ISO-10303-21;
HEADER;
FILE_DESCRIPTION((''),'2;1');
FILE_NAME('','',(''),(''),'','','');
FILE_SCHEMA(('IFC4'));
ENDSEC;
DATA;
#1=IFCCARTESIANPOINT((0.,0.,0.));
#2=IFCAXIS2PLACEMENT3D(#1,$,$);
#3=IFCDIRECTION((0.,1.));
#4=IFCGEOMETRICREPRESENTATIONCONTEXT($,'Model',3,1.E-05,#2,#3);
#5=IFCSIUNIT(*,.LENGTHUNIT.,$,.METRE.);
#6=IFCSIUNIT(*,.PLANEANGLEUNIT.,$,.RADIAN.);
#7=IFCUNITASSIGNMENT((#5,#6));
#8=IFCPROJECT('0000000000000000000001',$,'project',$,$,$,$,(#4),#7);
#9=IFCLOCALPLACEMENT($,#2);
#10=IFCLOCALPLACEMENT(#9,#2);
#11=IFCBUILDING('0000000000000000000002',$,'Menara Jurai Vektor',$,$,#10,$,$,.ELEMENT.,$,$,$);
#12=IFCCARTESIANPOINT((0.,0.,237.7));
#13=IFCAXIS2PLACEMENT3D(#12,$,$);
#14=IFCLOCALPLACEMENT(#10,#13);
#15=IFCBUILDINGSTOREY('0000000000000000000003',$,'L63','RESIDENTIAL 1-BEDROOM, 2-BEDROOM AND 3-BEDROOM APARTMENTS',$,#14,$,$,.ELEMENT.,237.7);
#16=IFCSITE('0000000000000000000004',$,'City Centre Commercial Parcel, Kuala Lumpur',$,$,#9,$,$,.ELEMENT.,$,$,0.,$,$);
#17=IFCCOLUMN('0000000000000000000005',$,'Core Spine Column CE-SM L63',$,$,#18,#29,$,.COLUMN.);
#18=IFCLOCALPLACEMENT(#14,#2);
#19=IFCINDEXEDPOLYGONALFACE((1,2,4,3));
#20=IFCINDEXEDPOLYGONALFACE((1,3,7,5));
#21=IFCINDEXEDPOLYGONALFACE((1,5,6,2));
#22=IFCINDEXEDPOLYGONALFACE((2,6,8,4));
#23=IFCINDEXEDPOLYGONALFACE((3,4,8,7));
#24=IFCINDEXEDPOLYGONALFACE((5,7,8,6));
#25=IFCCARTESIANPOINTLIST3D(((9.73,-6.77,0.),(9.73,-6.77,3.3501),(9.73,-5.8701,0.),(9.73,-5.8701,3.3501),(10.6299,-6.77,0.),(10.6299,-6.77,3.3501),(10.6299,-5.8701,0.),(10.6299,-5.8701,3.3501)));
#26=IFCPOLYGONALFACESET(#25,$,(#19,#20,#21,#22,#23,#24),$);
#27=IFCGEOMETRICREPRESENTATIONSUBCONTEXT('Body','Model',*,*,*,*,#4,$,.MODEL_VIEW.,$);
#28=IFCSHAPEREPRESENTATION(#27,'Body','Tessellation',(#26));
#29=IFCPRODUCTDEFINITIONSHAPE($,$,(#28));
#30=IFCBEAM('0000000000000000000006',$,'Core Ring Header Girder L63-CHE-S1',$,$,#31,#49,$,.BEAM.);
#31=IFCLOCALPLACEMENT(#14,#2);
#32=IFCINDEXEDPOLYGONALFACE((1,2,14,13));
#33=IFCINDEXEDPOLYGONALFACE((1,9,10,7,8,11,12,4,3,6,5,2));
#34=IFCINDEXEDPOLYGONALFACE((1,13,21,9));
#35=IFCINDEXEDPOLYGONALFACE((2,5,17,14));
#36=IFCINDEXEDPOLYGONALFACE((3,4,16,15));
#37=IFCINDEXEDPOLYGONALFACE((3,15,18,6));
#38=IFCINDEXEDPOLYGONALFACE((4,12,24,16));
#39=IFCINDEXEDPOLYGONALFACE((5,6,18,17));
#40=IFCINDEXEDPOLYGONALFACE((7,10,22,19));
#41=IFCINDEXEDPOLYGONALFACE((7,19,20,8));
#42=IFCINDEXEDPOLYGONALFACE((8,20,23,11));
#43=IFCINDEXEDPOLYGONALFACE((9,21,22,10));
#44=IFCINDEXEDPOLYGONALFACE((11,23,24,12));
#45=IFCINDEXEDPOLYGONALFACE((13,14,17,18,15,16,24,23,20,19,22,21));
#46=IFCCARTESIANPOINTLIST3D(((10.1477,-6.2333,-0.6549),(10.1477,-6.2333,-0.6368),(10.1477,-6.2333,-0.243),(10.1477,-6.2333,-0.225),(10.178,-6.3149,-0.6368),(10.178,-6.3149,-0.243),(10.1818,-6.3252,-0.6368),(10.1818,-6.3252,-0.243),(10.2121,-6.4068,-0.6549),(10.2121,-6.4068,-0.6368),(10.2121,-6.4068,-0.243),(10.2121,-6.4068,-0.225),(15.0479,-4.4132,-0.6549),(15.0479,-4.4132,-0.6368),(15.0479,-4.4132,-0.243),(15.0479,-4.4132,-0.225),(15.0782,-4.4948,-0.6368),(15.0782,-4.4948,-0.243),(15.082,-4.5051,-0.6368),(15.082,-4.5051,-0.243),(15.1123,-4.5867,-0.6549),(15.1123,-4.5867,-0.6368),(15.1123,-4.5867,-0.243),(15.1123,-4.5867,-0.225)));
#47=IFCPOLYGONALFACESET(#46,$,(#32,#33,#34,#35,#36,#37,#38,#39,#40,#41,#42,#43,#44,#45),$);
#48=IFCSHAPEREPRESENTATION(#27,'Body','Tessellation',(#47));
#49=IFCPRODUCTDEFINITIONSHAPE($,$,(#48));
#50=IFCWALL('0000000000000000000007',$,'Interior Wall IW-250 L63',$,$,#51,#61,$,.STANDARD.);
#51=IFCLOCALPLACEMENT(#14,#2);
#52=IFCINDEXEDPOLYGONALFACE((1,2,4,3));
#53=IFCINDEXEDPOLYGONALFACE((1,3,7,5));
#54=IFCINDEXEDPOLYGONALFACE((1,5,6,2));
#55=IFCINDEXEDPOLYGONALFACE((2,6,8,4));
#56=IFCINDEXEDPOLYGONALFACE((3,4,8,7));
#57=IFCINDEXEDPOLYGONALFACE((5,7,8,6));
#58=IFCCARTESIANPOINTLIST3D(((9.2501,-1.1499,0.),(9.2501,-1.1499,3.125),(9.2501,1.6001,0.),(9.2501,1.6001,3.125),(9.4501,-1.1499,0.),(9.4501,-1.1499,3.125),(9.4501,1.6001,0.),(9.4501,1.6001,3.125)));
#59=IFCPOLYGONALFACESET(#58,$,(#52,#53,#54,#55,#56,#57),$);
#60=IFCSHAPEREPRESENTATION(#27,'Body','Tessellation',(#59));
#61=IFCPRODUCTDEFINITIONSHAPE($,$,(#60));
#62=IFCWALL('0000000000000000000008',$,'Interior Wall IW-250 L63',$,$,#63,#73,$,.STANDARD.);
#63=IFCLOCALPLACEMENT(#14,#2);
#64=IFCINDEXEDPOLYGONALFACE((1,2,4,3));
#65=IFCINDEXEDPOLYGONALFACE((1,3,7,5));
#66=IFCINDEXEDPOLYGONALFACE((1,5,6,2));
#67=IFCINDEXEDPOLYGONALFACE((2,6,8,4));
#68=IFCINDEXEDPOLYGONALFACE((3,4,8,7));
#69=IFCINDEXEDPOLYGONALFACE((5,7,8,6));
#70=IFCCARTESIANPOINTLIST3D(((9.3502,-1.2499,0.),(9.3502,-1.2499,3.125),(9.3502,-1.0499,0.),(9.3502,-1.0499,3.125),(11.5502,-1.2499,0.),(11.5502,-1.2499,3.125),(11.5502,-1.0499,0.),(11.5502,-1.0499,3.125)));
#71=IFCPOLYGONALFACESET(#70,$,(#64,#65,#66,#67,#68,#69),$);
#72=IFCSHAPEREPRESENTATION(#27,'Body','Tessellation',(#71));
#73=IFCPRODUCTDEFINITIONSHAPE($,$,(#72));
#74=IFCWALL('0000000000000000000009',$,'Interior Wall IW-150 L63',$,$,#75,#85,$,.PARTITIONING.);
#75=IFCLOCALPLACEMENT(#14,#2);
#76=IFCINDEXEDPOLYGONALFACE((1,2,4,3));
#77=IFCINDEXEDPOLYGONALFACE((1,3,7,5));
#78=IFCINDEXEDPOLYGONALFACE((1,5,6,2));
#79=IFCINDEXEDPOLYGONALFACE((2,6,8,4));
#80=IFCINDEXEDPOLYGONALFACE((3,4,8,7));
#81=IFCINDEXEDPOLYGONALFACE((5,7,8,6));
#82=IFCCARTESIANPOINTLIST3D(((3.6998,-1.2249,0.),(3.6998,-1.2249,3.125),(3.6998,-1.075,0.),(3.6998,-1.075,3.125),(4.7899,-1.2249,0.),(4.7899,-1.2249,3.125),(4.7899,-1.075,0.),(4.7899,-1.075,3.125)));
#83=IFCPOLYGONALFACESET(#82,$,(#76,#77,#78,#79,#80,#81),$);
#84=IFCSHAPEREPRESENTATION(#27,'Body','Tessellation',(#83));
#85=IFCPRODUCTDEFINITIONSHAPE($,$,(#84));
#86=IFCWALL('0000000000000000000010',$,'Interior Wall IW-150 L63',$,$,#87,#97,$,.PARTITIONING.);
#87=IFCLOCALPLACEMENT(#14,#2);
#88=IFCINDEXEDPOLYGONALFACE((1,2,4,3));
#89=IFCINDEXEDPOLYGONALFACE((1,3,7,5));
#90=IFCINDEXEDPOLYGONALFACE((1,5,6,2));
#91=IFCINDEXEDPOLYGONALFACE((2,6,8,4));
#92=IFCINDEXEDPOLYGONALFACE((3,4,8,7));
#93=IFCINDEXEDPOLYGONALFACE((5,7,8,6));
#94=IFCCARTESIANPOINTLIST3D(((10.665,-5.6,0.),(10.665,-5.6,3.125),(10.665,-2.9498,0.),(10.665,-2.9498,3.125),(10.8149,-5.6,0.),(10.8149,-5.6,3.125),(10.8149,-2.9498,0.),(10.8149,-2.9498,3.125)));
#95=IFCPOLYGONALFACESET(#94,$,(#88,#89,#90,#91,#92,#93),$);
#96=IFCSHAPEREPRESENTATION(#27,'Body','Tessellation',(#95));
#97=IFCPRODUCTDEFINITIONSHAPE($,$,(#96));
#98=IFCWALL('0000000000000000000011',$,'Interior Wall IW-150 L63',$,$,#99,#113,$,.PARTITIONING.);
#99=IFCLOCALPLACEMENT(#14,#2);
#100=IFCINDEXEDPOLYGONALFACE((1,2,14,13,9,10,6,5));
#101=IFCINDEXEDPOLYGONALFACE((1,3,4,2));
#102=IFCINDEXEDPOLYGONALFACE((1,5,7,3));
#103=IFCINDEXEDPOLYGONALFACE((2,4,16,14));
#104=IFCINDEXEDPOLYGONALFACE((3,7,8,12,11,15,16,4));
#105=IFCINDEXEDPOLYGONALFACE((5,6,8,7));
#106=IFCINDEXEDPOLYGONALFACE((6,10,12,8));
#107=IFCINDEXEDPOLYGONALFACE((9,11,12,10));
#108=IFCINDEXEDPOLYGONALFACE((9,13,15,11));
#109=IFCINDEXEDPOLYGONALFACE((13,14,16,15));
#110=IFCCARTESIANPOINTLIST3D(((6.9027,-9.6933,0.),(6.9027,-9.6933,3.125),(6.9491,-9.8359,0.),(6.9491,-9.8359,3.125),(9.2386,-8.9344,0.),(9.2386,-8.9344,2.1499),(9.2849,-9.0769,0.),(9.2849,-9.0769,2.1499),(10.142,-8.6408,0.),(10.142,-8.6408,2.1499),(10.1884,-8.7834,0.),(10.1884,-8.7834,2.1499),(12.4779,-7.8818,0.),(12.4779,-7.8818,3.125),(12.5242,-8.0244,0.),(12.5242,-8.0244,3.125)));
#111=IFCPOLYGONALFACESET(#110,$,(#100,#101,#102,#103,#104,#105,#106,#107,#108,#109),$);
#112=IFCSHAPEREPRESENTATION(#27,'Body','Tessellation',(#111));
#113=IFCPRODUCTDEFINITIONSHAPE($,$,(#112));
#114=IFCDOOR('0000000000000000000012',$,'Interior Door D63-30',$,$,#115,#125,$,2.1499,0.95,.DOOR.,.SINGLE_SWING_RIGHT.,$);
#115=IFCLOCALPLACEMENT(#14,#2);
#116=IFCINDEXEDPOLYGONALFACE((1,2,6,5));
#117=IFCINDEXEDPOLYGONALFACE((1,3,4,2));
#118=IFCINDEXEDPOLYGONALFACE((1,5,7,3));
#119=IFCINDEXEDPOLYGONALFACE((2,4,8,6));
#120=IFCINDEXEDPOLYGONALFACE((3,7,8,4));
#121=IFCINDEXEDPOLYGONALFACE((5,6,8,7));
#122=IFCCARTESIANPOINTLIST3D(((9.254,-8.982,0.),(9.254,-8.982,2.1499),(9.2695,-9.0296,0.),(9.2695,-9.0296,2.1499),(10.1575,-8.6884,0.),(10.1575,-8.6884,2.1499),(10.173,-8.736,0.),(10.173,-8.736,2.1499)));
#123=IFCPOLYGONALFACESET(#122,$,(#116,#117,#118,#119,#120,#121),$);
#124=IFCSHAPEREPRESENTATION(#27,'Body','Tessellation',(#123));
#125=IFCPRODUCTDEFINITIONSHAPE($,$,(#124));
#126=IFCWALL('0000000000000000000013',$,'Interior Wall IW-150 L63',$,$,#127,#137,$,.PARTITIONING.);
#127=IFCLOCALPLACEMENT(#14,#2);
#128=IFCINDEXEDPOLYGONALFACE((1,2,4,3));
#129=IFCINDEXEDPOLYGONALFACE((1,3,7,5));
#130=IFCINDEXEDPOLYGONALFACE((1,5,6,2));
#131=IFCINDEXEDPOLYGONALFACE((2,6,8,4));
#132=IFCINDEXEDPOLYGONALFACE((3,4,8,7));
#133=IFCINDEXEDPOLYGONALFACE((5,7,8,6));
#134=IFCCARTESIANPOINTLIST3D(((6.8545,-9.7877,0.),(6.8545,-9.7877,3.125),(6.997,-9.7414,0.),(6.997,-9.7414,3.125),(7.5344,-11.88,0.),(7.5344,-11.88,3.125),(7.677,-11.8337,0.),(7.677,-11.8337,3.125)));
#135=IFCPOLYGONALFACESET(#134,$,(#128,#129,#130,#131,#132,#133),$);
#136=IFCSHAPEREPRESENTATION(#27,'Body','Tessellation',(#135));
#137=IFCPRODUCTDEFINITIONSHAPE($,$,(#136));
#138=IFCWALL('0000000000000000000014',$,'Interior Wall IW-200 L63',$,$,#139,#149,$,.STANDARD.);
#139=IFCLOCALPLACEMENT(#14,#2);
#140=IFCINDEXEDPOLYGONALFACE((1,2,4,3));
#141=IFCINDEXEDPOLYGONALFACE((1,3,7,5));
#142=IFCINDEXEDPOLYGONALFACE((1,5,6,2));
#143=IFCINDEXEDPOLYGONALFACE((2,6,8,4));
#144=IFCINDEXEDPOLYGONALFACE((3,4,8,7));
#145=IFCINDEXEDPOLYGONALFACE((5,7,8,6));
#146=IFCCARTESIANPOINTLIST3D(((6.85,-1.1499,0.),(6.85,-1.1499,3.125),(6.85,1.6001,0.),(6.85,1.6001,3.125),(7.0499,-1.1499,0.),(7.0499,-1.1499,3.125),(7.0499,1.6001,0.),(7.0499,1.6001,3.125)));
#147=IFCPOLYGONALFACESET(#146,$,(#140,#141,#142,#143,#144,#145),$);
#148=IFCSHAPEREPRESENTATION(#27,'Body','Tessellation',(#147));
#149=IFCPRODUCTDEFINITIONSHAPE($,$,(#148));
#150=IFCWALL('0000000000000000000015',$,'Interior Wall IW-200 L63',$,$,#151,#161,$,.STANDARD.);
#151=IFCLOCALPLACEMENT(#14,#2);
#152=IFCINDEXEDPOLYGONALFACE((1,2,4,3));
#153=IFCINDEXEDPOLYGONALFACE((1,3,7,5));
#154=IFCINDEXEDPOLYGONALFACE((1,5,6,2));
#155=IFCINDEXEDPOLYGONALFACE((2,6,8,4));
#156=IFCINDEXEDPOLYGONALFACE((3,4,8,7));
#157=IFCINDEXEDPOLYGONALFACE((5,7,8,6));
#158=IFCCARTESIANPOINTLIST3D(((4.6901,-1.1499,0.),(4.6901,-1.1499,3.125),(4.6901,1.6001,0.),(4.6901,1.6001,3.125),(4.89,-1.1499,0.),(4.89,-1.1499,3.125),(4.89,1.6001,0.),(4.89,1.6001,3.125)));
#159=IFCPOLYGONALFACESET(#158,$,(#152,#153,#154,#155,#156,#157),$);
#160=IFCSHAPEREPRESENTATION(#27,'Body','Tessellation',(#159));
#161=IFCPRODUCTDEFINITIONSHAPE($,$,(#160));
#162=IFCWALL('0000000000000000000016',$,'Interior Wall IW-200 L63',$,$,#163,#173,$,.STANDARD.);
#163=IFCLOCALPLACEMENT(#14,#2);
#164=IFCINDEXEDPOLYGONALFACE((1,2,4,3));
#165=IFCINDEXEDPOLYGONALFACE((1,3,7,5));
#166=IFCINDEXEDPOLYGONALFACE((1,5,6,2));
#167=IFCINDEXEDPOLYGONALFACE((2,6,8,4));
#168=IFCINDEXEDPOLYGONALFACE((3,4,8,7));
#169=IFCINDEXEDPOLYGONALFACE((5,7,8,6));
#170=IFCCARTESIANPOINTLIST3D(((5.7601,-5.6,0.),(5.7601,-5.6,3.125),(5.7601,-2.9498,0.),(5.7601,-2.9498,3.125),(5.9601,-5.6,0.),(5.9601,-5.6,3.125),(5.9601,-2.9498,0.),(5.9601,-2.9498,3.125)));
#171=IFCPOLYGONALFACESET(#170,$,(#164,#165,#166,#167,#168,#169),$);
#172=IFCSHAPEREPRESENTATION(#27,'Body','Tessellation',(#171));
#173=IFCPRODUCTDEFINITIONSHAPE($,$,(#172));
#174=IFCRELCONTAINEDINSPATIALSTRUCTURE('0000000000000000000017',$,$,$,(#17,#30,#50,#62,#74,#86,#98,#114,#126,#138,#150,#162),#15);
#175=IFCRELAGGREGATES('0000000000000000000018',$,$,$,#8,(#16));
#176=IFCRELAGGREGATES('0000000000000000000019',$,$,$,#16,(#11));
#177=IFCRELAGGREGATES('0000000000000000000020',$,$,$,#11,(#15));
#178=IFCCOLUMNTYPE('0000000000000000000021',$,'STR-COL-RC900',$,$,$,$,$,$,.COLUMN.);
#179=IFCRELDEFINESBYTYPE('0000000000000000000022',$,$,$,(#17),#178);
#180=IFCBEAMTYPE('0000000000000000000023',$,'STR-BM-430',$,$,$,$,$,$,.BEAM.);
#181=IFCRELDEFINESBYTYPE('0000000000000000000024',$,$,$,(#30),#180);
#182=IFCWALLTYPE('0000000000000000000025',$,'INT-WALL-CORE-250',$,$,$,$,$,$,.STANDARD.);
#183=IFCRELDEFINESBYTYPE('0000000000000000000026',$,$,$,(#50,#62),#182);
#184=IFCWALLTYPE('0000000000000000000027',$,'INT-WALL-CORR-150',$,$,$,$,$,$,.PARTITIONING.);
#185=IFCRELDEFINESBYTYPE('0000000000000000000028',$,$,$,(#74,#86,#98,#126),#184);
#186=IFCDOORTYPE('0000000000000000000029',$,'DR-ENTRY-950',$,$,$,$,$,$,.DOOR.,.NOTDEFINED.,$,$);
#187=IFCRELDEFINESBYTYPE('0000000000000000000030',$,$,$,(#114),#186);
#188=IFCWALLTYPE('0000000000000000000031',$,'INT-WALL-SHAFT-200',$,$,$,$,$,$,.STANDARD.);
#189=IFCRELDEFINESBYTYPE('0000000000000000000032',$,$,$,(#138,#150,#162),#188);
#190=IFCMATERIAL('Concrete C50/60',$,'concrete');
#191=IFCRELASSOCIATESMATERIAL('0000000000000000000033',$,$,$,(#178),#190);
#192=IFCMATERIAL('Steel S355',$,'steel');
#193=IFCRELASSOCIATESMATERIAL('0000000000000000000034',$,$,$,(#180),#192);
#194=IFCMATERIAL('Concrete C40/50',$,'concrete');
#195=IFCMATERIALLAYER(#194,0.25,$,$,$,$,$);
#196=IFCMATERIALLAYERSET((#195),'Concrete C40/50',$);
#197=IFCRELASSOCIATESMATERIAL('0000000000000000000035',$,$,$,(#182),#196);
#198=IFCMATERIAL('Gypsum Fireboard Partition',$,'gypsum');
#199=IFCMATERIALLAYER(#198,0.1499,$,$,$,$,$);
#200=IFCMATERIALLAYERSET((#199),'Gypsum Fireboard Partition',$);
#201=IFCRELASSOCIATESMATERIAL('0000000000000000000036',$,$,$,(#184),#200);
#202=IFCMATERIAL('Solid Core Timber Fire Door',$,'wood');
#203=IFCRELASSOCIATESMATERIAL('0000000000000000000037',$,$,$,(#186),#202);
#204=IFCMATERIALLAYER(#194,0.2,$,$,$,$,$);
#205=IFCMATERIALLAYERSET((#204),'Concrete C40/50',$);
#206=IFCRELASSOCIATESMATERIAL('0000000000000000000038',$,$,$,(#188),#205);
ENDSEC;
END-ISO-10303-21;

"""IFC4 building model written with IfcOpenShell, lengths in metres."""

from ifc_helpers import new_model, si_unit, direction, frame, frame_2d, origin, origin_2d, place, context, subcontext, project, spatial, rectangle, i_section, extrude, material, layer, layer_set, material_profile, profile_set, type_object, element, fill, save


model = new_model("IFC4")

# Units and contexts
model_context = context("Model", 3, precision=1e-05, world=origin(), true_north=direction((0.0, 1.0)))
body_context = subcontext(model_context, "Body", "Model", "MODEL_VIEW")
ifc_project = project(units=[si_unit("LENGTHUNIT", "METRE"), si_unit("PLANEANGLEUNIT", "RADIAN")], contexts=[model_context])

# Site, building, storey
site_placement = place(None, origin())
site = spatial("IfcSite", under=ifc_project, at=site_placement, Name="City Centre Commercial Parcel, Kuala Lumpur", CompositionType="ELEMENT", RefElevation=0.0)
building_placement = place(site_placement, origin())
building = spatial("IfcBuilding", under=site, at=building_placement, Name="Menara Jurai Vektor", CompositionType="ELEMENT")
storey_placement = place(building_placement, frame((0.0, 0.0, 237.7)))
storey = spatial("IfcBuildingStorey", under=building, at=storey_placement, Name="L63", Description="RESIDENTIAL 1-BEDROOM, 2-BEDROOM AND 3-BEDROOM APARTMENTS", CompositionType="ELEMENT", Elevation=237.7)

# Column
ifc_material_1 = material(Name="Concrete C50/60", Category="concrete")
ifc_material_profile_1 = material_profile(ifc_material_1, rectangle(XDim=0.8999, YDim=0.8999, at=origin_2d()), Name="RC 900x900")
ifc_profile_set_1 = profile_set([ifc_material_profile_1], Name="Concrete C50/60")
column_type = type_object("IfcColumnType", Name="STR-COL-RC900", PredefinedType="COLUMN", material=ifc_profile_set_1)
column_placement = place(storey_placement, frame((10.1799, -6.3201, 0.0), z_axis=(0.0, 0.0, 1.0), x_axis=(1.0, 0.0, 0.0)))
element("IfcColumn", 1, at=column_placement, inside=storey, type_object=column_type, Name="Core Spine Column CE-SM L63", PredefinedType="COLUMN", context=body_context, shape_type="SweptSolid", body=[
    extrude(rectangle(XDim=0.8999, YDim=0.8999, at=origin_2d()), origin(), (0.0, 0.0, 1.0), 3.3501),
])

# Beam
ifc_material_2 = material(Name="Steel S355", Category="steel")
ifc_material_profile_2 = material_profile(ifc_material_2, i_section(OverallWidth=0.1851, OverallDepth=0.4299, WebThickness=0.011, FlangeThickness=0.0181, at=origin_2d()), Name="PG 430x185x76")
ifc_profile_set_2 = profile_set([ifc_material_profile_2], Name="Steel S355")
beam_type = type_object("IfcBeamType", Name="STR-BM-430", PredefinedType="BEAM", material=ifc_profile_set_2)
beam_placement = place(storey_placement, frame((10.1799, -6.3201, -0.4399), z_axis=(0.937424, 0.348189, 0.0), x_axis=(-0.348189, 0.937424, 0.0)))
element("IfcBeam", 2, at=beam_placement, inside=storey, type_object=beam_type, Name="Core Ring Header Girder L63-CHE-S1", PredefinedType="BEAM", context=body_context, shape_type="SweptSolid", body=[
    extrude(i_section(OverallWidth=0.1851, OverallDepth=0.4299, WebThickness=0.011, FlangeThickness=0.0181, at=origin_2d()), origin(), (0.0, 0.0, 1.0), 5.2273),
])

# Walls
ifc_material_3 = material(Name="Concrete C40/50", Category="concrete")
ifc_layer_1 = layer(ifc_material_3, 0.25)
ifc_layer_set_1 = layer_set([ifc_layer_1], Name="Concrete C40/50")
wall_type_1 = type_object("IfcWallType", Name="INT-WALL-CORE-250", PredefinedType="STANDARD", material=ifc_layer_set_1)
wall_1_placement = place(storey_placement, frame((9.3501, -1.1499, 0.0), z_axis=(0.0, 0.0, 1.0), x_axis=(0.0, 1.0, 0.0)))
element("IfcWall", 3, at=wall_1_placement, inside=storey, type_object=wall_type_1, Name="Interior Wall IW-250 L63", PredefinedType="STANDARD", context=body_context, shape_type="SweptSolid", body=[
    extrude(rectangle(XDim=2.75, YDim=0.2, at=frame_2d((1.375, 0.0))), origin(), (0.0, 0.0, 1.0), 3.125),
])
wall_2_placement = place(storey_placement, frame((9.3501, -1.1499, 0.0), z_axis=(0.0, 0.0, 1.0), x_axis=(1.0, 0.0, 0.0)))
element("IfcWall", 4, at=wall_2_placement, inside=storey, type_object=wall_type_1, Name="Interior Wall IW-250 L63", PredefinedType="STANDARD", context=body_context, shape_type="SweptSolid", body=[
    extrude(rectangle(XDim=2.2, YDim=0.2, at=frame_2d((1.1001, 0.0))), origin(), (0.0, 0.0, 1.0), 3.125),
])
ifc_material_4 = material(Name="Gypsum Fireboard Partition", Category="gypsum")
ifc_layer_2 = layer(ifc_material_4, 0.1499)
ifc_layer_set_2 = layer_set([ifc_layer_2], Name="Gypsum Fireboard Partition")
wall_type_2 = type_object("IfcWallType", Name="INT-WALL-CORR-150", PredefinedType="PARTITIONING", material=ifc_layer_set_2)
wall_3_placement = place(storey_placement, frame((3.7, -1.1499, 0.0), z_axis=(0.0, 0.0, 1.0), x_axis=(1.0, 0.0, 0.0)))
element("IfcWall", 5, at=wall_3_placement, inside=storey, type_object=wall_type_2, Name="Interior Wall IW-150 L63", PredefinedType="PARTITIONING", context=body_context, shape_type="SweptSolid", body=[
    extrude(rectangle(XDim=1.0901, YDim=0.1499, at=frame_2d((0.5449, 0.0))), origin(), (0.0, 0.0, 1.0), 3.125),
])
wall_4_placement = place(storey_placement, frame((10.74, -5.6001, 0.0), z_axis=(0.0, 0.0, 1.0), x_axis=(0.0, 1.0, 0.0)))
element("IfcWall", 6, at=wall_4_placement, inside=storey, type_object=wall_type_2, Name="Interior Wall IW-150 L63", PredefinedType="PARTITIONING", context=body_context, shape_type="SweptSolid", body=[
    extrude(rectangle(XDim=2.6501, YDim=0.1499, at=frame_2d((1.3252, 0.0))), origin(), (0.0, 0.0, 1.0), 3.125),
])

# Wall, opening, door
wall_5_placement = place(storey_placement, frame((6.9258, -9.7646, 0.0), z_axis=(0.0, 0.0, 1.0), x_axis=(0.951055, 0.309022, 0.0)))
wall_5 = element("IfcWall", 7, at=wall_5_placement, inside=storey, type_object=wall_type_2, Name="Interior Wall IW-150 L63", PredefinedType="PARTITIONING", context=body_context, shape_type="SweptSolid", body=[
    extrude(rectangle(XDim=5.8621, YDim=0.1499, at=frame_2d((2.9312, 0.0))), origin(), (0.0, 0.0, 1.0), 3.125),
])
opening_1_placement = place(wall_5_placement, frame((2.4561, 0.0, 0.0)))
opening_1 = element("IfcOpeningElement", 8, at=opening_1_placement, cuts=wall_5, PredefinedType="OPENING", context=body_context, shape_type="SweptSolid", body=[
    extrude(rectangle(XDim=0.95, YDim=2.1499, at=frame_2d((0.4751, 1.075))), frame((0.0, 0.085, 0.0), z_axis=(0.0, -1.0, 0.0), x_axis=(1.0, 0.0, 0.0)), (0.0, 0.0, 1.0), 0.1699),
])
ifc_material_5 = material(Name="Solid Core Timber Fire Door", Category="wood")
door_type_1 = type_object("IfcDoorType", Name="DR-ENTRY-950", OperationType="NOTDEFINED", PredefinedType="DOOR", material=ifc_material_5)
door_1_placement = place(opening_1_placement, origin())
door_1 = element("IfcDoor", 9, at=door_1_placement, inside=storey, type_object=door_type_1, Name="Interior Door D63-30", OperationType="SINGLE_SWING_RIGHT", OverallHeight=2.1499, OverallWidth=0.95, PredefinedType="DOOR", context=body_context, shape_type="SweptSolid", body=[
    extrude(rectangle(XDim=0.95, YDim=2.1499, at=frame_2d((0.4751, 1.075))), frame((0.0, 0.0249, 0.0), z_axis=(0.0, -1.0, 0.0), x_axis=(1.0, 0.0, 0.0)), (0.0, 0.0, 1.0), 0.05),
])
fill(opening_1, door_1)

# Wall
wall_6_placement = place(storey_placement, frame((7.6057, -11.8569, 0.0), z_axis=(0.0, 0.0, 1.0), x_axis=(-0.309061, 0.951042, 0.0)))
element("IfcWall", 10, at=wall_6_placement, inside=storey, type_object=wall_type_2, Name="Interior Wall IW-150 L63", PredefinedType="PARTITIONING", context=body_context, shape_type="SweptSolid", body=[
    extrude(rectangle(XDim=2.2, YDim=0.1499, at=frame_2d((1.1001, 0.0))), origin(), (0.0, 0.0, 1.0), 3.125),
])

# Shared definitions
ifc_layer_3 = layer(ifc_material_3, 0.2)
ifc_layer_set_3 = layer_set([ifc_layer_3], Name="Concrete C40/50")
wall_type_3 = type_object("IfcWallType", Name="INT-WALL-SHAFT-200", PredefinedType="STANDARD", material=ifc_layer_set_3)

# Wall
wall_7_placement = place(storey_placement, frame((6.95, -1.1499, 0.0), z_axis=(0.0, 0.0, 1.0), x_axis=(0.0, 1.0, 0.0)))
element("IfcWall", 11, at=wall_7_placement, inside=storey, type_object=wall_type_3, Name="Interior Wall IW-200 L63", PredefinedType="STANDARD", context=body_context, shape_type="SweptSolid", body=[
    extrude(rectangle(XDim=2.75, YDim=0.2, at=frame_2d((1.375, 0.0))), origin(), (0.0, 0.0, 1.0), 3.125),
])

# Wall
wall_8_placement = place(storey_placement, frame((4.79, -1.1499, 0.0), z_axis=(0.0, 0.0, 1.0), x_axis=(0.0, 1.0, 0.0)))
element("IfcWall", 12, at=wall_8_placement, inside=storey, type_object=wall_type_3, Name="Interior Wall IW-200 L63", PredefinedType="STANDARD", context=body_context, shape_type="SweptSolid", body=[
    extrude(rectangle(XDim=2.75, YDim=0.2, at=frame_2d((1.375, 0.0))), origin(), (0.0, 0.0, 1.0), 3.125),
])

# Wall
wall_9_placement = place(storey_placement, frame((5.8601, -5.6001, 0.0), z_axis=(0.0, 0.0, 1.0), x_axis=(0.0, 1.0, 0.0)))
element("IfcWall", 13, at=wall_9_placement, inside=storey, type_object=wall_type_3, Name="Interior Wall IW-200 L63", PredefinedType="STANDARD", context=body_context, shape_type="SweptSolid", body=[
    extrude(rectangle(XDim=2.6501, YDim=0.2, at=frame_2d((1.3252, 0.0))), origin(), (0.0, 0.0, 1.0), 3.125),
])

save(model, "model.ifc")
